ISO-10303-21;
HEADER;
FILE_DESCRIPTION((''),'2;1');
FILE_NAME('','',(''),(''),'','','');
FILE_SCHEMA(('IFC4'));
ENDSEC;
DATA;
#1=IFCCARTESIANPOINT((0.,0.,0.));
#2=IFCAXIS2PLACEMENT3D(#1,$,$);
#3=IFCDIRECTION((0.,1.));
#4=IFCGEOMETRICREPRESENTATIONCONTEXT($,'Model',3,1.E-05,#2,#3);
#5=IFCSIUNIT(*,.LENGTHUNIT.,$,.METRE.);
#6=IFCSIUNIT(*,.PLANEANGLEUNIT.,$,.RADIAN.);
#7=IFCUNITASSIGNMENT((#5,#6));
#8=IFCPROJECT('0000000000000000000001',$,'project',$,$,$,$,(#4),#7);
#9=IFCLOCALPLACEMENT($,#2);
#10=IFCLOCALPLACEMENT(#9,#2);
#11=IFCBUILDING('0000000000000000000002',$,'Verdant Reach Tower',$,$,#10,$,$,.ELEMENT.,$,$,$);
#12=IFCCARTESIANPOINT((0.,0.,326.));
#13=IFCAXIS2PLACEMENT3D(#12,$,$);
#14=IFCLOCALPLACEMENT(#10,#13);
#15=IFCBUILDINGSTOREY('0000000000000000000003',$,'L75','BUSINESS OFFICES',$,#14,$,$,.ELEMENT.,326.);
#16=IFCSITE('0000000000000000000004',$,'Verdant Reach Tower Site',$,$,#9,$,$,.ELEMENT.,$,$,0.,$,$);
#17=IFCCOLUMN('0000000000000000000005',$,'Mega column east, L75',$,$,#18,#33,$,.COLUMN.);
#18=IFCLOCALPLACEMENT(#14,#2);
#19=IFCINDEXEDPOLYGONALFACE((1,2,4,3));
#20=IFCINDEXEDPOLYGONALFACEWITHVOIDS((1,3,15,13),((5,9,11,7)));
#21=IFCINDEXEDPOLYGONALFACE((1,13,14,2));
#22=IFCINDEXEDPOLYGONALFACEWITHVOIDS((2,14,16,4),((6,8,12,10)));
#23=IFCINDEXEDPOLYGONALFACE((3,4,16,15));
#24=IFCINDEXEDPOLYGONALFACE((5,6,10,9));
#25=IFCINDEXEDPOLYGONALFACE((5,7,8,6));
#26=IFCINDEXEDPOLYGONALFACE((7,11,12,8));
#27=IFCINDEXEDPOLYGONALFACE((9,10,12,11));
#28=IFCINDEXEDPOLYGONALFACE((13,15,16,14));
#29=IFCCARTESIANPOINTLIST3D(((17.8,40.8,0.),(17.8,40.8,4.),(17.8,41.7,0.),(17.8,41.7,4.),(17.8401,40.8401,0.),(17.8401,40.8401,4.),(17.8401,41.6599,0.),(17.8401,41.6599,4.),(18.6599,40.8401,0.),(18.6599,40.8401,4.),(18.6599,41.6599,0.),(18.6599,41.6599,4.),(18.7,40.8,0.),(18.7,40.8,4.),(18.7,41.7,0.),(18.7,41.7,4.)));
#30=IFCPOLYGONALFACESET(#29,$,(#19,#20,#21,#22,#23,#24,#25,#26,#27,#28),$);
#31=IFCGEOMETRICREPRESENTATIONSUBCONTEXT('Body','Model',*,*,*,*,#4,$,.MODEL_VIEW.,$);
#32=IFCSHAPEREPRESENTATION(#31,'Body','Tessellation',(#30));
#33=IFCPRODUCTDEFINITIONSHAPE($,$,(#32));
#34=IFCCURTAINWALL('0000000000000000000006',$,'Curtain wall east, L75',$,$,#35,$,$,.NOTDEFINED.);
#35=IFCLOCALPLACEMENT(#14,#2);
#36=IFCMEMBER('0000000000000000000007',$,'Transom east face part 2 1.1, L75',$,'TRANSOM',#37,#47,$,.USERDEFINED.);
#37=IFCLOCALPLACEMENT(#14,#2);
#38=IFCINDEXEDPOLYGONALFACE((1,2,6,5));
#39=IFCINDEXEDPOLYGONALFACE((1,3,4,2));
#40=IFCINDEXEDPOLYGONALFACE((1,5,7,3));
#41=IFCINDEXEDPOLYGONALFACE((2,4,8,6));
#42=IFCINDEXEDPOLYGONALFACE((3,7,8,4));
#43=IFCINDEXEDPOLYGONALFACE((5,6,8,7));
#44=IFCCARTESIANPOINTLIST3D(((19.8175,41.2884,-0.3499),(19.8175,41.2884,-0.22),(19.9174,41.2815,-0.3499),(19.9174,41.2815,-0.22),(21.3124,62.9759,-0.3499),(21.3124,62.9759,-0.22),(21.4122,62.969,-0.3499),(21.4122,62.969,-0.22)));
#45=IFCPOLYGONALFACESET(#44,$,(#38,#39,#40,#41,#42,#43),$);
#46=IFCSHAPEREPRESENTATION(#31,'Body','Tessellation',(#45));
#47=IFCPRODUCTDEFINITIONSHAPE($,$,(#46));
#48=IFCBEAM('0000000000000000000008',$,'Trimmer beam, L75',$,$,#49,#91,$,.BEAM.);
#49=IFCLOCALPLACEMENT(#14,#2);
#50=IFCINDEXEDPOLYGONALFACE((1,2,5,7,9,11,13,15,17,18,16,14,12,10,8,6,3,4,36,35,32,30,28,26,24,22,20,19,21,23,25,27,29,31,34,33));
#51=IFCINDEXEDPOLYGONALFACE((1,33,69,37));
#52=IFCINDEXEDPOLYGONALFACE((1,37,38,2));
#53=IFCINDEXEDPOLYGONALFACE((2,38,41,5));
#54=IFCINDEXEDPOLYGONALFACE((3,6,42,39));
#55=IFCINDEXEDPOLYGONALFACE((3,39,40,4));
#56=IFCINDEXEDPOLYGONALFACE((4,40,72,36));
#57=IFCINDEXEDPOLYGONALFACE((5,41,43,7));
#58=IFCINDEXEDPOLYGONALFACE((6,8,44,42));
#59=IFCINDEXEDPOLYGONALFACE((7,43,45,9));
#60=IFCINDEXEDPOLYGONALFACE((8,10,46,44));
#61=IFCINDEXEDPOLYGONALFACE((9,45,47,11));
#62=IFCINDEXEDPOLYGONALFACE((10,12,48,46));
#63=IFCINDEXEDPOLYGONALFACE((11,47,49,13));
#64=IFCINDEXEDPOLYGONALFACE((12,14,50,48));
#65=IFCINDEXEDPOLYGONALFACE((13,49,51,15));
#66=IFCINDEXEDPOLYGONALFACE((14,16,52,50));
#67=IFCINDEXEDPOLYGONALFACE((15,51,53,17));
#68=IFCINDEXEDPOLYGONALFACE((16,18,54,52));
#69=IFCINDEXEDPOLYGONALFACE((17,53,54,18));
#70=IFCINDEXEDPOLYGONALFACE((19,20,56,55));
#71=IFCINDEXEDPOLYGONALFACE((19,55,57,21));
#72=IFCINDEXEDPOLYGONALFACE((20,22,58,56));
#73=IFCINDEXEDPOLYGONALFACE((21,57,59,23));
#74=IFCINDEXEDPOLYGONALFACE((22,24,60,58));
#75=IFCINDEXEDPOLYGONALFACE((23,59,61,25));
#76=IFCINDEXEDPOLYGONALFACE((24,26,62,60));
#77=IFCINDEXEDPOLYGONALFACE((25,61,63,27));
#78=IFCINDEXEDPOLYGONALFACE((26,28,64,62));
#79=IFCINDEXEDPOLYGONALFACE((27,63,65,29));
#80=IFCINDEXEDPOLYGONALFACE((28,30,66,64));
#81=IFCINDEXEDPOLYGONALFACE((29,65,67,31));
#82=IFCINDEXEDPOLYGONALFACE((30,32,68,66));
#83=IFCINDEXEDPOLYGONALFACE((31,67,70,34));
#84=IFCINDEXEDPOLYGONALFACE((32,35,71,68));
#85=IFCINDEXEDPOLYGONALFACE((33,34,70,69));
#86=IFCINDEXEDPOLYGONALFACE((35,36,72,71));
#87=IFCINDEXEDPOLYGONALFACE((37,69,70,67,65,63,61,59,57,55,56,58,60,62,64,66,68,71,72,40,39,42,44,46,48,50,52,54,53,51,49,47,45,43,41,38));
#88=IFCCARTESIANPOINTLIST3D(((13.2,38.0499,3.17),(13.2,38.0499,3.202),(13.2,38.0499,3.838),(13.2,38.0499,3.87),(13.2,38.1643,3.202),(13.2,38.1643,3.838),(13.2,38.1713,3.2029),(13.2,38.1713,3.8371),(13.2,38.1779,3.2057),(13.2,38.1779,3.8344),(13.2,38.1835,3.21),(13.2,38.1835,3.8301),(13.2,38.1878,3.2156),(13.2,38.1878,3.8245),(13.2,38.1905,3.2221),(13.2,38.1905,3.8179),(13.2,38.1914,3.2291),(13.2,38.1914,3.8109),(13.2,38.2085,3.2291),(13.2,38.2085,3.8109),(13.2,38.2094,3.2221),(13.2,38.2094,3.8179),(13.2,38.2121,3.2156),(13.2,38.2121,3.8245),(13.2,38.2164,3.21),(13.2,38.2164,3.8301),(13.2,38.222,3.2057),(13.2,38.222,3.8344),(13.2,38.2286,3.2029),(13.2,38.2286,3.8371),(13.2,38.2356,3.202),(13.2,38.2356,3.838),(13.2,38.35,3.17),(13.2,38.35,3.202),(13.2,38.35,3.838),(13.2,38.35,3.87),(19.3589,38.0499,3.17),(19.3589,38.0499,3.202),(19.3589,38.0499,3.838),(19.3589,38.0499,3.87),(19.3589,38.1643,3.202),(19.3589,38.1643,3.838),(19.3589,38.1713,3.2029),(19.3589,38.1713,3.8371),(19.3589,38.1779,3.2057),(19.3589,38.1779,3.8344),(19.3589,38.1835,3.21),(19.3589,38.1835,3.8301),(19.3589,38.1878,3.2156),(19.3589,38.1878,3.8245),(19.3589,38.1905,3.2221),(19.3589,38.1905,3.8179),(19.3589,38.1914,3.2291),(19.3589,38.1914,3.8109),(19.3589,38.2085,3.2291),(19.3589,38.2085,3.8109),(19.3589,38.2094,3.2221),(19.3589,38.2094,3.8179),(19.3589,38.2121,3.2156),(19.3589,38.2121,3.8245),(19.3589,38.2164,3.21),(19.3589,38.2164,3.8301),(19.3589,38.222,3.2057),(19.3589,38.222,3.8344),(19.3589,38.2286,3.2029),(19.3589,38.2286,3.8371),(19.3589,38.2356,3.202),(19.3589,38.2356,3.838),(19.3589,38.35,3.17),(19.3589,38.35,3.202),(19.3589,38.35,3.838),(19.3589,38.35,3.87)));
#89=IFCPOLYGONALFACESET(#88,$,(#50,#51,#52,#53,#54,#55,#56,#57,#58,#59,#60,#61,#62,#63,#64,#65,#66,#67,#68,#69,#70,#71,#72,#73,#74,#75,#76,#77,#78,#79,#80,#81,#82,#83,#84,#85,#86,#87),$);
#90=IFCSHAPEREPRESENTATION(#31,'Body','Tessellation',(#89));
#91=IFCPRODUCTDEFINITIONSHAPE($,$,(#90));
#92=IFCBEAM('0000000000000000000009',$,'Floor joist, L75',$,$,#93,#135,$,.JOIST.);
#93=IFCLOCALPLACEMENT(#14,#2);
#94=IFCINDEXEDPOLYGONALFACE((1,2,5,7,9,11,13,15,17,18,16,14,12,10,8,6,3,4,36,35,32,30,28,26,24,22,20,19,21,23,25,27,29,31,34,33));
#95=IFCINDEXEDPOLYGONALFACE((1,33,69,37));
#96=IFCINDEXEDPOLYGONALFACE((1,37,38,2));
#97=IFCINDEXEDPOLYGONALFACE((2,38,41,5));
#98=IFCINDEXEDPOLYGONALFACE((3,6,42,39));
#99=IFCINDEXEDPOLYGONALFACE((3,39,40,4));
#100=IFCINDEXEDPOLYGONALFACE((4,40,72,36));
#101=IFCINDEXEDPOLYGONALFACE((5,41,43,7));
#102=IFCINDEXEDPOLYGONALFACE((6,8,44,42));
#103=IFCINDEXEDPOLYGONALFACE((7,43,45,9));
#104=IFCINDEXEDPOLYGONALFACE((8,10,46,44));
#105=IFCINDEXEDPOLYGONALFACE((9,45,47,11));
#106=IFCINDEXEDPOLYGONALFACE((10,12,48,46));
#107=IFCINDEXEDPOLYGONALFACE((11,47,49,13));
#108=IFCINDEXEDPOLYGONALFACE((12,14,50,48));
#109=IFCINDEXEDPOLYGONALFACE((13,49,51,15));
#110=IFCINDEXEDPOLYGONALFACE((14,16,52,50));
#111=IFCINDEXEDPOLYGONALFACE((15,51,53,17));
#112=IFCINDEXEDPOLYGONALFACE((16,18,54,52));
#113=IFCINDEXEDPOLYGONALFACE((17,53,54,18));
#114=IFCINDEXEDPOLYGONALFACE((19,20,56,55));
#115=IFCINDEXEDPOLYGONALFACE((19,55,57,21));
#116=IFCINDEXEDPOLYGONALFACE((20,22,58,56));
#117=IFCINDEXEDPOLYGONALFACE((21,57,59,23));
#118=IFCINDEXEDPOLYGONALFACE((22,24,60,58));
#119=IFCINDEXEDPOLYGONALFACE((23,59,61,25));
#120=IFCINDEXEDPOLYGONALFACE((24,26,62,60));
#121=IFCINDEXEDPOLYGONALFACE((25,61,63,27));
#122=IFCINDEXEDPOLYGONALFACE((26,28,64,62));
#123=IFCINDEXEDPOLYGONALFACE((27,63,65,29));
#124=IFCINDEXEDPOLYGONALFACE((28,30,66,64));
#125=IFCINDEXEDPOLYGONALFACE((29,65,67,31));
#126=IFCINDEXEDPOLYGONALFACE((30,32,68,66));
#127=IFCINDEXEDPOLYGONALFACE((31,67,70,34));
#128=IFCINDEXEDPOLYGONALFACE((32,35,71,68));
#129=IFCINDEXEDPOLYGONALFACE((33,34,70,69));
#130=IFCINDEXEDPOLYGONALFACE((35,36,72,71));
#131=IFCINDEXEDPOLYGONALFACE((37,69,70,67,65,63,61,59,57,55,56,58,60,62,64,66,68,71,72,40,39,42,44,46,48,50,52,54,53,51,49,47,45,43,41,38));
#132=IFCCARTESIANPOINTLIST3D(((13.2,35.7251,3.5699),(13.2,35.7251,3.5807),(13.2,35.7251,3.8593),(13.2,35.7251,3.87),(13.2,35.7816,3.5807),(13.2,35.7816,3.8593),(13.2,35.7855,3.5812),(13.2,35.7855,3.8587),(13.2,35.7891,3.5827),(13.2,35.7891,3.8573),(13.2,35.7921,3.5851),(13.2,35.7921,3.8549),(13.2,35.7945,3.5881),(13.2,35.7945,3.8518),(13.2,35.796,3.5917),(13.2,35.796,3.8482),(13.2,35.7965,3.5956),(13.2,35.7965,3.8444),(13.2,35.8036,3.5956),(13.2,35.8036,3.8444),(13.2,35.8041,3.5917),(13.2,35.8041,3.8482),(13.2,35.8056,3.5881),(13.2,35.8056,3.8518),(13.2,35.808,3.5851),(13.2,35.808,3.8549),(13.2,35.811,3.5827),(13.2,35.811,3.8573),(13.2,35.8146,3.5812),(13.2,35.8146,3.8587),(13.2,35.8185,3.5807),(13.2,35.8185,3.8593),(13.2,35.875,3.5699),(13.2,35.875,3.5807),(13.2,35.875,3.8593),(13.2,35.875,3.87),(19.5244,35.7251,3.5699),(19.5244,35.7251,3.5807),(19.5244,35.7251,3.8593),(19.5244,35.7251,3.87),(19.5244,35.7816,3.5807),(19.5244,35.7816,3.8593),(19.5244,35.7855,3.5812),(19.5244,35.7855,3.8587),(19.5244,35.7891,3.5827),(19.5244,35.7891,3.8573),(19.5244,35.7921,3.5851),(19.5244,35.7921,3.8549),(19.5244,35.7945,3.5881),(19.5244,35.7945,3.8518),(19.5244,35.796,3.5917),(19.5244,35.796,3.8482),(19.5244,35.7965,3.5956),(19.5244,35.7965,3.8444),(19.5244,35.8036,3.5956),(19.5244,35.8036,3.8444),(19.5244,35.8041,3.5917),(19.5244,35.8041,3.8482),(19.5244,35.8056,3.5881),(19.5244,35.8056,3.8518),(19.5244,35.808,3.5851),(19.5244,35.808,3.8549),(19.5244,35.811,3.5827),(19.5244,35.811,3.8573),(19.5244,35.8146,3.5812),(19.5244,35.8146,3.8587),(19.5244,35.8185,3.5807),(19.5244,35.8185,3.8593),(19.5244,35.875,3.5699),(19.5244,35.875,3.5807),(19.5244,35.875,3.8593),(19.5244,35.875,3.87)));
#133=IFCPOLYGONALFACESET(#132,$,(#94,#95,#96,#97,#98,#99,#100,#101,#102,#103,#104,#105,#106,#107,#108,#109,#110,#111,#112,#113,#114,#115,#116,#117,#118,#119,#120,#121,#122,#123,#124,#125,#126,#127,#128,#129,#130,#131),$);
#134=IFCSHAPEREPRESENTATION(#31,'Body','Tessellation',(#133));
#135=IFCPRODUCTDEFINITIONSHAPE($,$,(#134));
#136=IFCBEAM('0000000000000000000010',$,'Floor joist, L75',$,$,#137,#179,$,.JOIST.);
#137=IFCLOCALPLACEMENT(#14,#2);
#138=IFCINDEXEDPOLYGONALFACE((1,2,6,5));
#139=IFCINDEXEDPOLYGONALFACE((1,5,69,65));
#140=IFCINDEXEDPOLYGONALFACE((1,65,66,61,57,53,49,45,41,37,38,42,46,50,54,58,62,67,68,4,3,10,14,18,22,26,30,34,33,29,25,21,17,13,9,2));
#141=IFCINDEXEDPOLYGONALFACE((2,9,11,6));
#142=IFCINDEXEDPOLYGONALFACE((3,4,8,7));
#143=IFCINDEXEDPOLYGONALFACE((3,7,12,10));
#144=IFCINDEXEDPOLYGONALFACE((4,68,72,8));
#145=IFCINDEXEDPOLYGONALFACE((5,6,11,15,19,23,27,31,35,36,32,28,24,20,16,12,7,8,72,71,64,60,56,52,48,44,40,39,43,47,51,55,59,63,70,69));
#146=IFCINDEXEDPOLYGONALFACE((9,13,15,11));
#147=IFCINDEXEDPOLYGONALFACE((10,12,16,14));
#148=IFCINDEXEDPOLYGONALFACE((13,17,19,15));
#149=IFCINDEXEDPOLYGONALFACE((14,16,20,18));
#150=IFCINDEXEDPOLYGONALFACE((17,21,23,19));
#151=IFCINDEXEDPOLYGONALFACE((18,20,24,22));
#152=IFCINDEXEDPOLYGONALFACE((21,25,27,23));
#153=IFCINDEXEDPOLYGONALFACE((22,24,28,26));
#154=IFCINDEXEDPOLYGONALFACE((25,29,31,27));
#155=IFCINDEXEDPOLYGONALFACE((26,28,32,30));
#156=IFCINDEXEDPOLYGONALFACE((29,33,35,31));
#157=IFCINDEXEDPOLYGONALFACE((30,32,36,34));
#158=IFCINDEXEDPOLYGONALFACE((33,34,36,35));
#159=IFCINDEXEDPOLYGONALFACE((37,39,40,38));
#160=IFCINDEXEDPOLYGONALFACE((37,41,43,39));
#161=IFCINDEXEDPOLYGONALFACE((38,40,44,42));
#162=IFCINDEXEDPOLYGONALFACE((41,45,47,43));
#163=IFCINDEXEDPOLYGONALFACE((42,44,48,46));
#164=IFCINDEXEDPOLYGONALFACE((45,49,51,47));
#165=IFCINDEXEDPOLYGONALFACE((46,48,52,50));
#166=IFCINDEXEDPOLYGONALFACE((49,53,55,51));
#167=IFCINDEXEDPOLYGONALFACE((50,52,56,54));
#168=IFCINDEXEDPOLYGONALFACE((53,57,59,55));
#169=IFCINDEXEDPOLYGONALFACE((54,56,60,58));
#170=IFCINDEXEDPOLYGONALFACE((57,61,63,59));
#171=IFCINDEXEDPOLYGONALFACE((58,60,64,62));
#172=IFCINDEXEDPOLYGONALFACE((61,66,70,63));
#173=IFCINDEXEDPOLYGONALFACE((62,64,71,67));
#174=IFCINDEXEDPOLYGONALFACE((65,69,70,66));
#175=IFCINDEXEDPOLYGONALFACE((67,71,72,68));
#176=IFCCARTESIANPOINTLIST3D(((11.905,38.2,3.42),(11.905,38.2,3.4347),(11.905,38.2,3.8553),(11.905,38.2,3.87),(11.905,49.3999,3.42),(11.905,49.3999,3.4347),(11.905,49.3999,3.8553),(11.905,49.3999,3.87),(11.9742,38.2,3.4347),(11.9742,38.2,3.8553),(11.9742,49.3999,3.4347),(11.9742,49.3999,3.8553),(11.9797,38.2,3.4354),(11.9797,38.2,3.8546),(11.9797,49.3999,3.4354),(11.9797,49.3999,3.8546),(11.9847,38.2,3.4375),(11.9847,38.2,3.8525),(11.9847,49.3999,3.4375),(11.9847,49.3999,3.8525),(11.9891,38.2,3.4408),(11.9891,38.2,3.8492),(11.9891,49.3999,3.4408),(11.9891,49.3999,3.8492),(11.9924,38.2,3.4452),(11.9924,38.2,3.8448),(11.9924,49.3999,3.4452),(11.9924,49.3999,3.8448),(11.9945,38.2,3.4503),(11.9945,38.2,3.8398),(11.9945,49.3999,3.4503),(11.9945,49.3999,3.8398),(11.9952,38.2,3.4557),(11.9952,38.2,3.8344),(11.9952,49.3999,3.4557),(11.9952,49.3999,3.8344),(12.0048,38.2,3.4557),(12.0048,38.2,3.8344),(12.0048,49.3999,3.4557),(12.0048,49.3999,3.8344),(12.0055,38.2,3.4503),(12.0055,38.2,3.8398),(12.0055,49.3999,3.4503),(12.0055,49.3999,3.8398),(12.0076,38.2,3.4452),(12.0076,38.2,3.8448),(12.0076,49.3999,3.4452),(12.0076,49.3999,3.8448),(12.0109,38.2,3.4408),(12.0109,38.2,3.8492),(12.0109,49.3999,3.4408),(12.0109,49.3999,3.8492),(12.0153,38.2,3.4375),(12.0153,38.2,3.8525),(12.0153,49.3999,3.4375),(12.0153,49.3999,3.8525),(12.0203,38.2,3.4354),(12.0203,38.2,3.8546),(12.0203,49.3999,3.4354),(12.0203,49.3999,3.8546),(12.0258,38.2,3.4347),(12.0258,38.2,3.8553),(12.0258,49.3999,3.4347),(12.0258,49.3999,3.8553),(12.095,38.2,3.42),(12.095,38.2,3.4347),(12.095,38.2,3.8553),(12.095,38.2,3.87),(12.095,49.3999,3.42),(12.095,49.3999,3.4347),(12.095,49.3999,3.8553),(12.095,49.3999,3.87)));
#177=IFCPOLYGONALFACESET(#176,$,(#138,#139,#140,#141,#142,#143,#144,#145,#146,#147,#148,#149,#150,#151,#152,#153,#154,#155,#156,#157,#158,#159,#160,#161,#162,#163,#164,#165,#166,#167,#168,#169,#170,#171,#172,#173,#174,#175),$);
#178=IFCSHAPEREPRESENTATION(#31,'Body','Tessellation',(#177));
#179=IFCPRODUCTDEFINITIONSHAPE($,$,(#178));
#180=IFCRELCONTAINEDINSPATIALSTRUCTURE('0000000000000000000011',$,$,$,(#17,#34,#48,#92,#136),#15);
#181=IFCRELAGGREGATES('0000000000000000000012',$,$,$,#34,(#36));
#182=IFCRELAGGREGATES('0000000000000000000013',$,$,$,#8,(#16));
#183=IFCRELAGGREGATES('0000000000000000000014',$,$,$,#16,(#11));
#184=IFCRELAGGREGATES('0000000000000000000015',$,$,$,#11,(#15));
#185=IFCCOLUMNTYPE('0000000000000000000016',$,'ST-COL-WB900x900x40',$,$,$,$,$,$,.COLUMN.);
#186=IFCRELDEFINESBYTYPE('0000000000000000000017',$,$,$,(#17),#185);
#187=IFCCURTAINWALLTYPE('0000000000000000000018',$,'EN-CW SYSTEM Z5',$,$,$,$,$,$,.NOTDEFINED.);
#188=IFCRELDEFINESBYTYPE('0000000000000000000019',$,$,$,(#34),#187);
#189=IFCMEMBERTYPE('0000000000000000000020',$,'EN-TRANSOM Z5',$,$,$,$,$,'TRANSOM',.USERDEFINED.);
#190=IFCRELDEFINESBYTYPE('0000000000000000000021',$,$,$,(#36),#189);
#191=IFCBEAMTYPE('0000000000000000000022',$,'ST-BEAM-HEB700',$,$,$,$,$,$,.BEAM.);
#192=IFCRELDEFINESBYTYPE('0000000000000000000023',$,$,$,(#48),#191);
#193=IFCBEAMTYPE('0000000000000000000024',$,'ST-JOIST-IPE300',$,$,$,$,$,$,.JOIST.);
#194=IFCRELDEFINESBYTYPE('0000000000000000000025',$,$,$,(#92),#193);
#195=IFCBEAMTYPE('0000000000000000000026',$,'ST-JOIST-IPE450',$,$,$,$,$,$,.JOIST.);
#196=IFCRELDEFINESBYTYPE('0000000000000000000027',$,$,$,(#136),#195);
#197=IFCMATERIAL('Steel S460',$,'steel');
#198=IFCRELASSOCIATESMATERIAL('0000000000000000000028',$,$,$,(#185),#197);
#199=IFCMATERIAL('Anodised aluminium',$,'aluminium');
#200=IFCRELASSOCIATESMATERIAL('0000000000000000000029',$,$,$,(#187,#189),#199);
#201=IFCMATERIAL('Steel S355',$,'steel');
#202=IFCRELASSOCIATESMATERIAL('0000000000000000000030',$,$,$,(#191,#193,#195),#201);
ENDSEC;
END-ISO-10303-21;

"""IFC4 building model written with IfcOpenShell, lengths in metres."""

from ifc_helpers import new_model, si_unit, direction, frame, origin, origin_2d, place, context, subcontext, project, spatial, rectangle, hollow_rectangle, i_section, extrude, material, material_profile, profile_set, type_object, element, aggregate, save


model = new_model("IFC4")

# Units and contexts
model_context = context("Model", 3, precision=1e-05, world=origin(), true_north=direction((0.0, 1.0)))
body_context = subcontext(model_context, "Body", "Model", "MODEL_VIEW")
ifc_project = project(units=[si_unit("LENGTHUNIT", "METRE"), si_unit("PLANEANGLEUNIT", "RADIAN")], contexts=[model_context])

# Site, building, storey
site_placement = place(None, origin())
site = spatial("IfcSite", under=ifc_project, at=site_placement, Name="Verdant Reach Tower Site", CompositionType="ELEMENT", RefElevation=0.0)
building_placement = place(site_placement, origin())
building = spatial("IfcBuilding", under=site, at=building_placement, Name="Verdant Reach Tower", CompositionType="ELEMENT")
storey_placement = place(building_placement, frame((0.0, 0.0, 326.0)))
storey = spatial("IfcBuildingStorey", under=building, at=storey_placement, Name="L75", Description="BUSINESS OFFICES", CompositionType="ELEMENT", Elevation=326.0)

# Column
ifc_material_1 = material(Name="Steel S460", Category="steel")
ifc_material_profile_1 = material_profile(ifc_material_1, hollow_rectangle(XDim=0.8999, YDim=0.8999, WallThickness=0.04, at=origin_2d()), Name="WB 900x900x40")
ifc_profile_set_1 = profile_set([ifc_material_profile_1], Name="Steel S460")
column_type = type_object("IfcColumnType", Name="ST-COL-WB900x900x40", PredefinedType="COLUMN", material=ifc_profile_set_1)
column_placement = place(storey_placement, frame((18.25, 41.25, 0.0), z_axis=(0.0, 0.0, 1.0), x_axis=(1.0, 0.0, 0.0)))
element("IfcColumn", 1, at=column_placement, inside=storey, type_object=column_type, Name="Mega column east, L75", PredefinedType="COLUMN", context=body_context, shape_type="SweptSolid", body=[
    extrude(hollow_rectangle(XDim=0.8999, YDim=0.8999, WallThickness=0.04, at=origin_2d()), origin(), (0.0, 0.0, 1.0), 4.0),
])

# Curtain wall, member
ifc_material_2 = material(Name="Anodised aluminium", Category="aluminium")
curtain_wall_type = type_object("IfcCurtainWallType", Name="EN-CW SYSTEM Z5", PredefinedType="NOTDEFINED", material=ifc_material_2)
curtain_wall_placement = place(storey_placement, origin())
curtain_wall = element("IfcCurtainWall", 2, at=curtain_wall_placement, inside=storey, type_object=curtain_wall_type, Name="Curtain wall east, L75", PredefinedType="NOTDEFINED")
ifc_material_profile_2 = material_profile(ifc_material_2, rectangle(XDim=0.1001, YDim=0.1299, at=origin_2d()), Name="Transom 130x100")
ifc_profile_set_2 = profile_set([ifc_material_profile_2], Name="Anodised aluminium")
member_type = type_object("IfcMemberType", Name="EN-TRANSOM Z5", ElementType="TRANSOM", PredefinedType="USERDEFINED", material=ifc_profile_set_2)
member_placement = place(storey_placement, frame((19.8674, 41.2849, -0.2849), z_axis=(0.068765, 0.997633, 0.0), x_axis=(-0.997633, 0.068765, 0.0)))
member = element("IfcMember", 3, at=member_placement, type_object=member_type, Name="Transom east face part 2 1.1, L75", ObjectType="TRANSOM", PredefinedType="USERDEFINED", context=body_context, shape_type="SweptSolid", body=[
    extrude(rectangle(XDim=0.1001, YDim=0.1299, at=origin_2d()), origin(), (0.0, 0.0, 1.0), 21.739),
])

# Beams
ifc_material_3 = material(Name="Steel S355", Category="steel")
ifc_material_profile_3 = material_profile(ifc_material_3, i_section(OverallWidth=0.3, OverallDepth=0.7, WebThickness=0.0171, FlangeThickness=0.032, FilletRadius=0.0271, at=origin_2d()), Name="HEB 700")
ifc_profile_set_3 = profile_set([ifc_material_profile_3], Name="Steel S355")
beam_type_1 = type_object("IfcBeamType", Name="ST-BEAM-HEB700", PredefinedType="BEAM", material=ifc_profile_set_3)
beam_1_placement = place(storey_placement, frame((13.2, 38.2, 3.52), z_axis=(1.0, 0.0, 0.0), x_axis=(0.0, 1.0, 0.0)))
element("IfcBeam", 4, at=beam_1_placement, inside=storey, type_object=beam_type_1, Name="Trimmer beam, L75", PredefinedType="BEAM", context=body_context, shape_type="SweptSolid", body=[
    extrude(i_section(OverallWidth=0.3, OverallDepth=0.7, WebThickness=0.0171, FlangeThickness=0.032, FilletRadius=0.0271, at=origin_2d()), origin(), (0.0, 0.0, 1.0), 6.1589),
])
ifc_material_profile_4 = material_profile(ifc_material_3, i_section(OverallWidth=0.1499, OverallDepth=0.3, WebThickness=0.0071, FlangeThickness=0.0107, FilletRadius=0.0149, at=origin_2d()), Name="IPE 300")
ifc_profile_set_4 = profile_set([ifc_material_profile_4], Name="Steel S355")
beam_type_2 = type_object("IfcBeamType", Name="ST-JOIST-IPE300", PredefinedType="JOIST", material=ifc_profile_set_4)
beam_2_placement = place(storey_placement, frame((13.2, 35.8, 3.72), z_axis=(1.0, 0.0, 0.0), x_axis=(0.0, 1.0, 0.0)))
element("IfcBeam", 5, at=beam_2_placement, inside=storey, type_object=beam_type_2, Name="Floor joist, L75", PredefinedType="JOIST", context=body_context, shape_type="SweptSolid", body=[
    extrude(i_section(OverallWidth=0.1499, OverallDepth=0.3, WebThickness=0.0071, FlangeThickness=0.0107, FilletRadius=0.0149, at=origin_2d()), origin(), (0.0, 0.0, 1.0), 6.3245),
])
ifc_material_profile_5 = material_profile(ifc_material_3, i_section(OverallWidth=0.1899, OverallDepth=0.45, WebThickness=0.0095, FlangeThickness=0.0146, FilletRadius=0.021, at=origin_2d()), Name="IPE 450")
ifc_profile_set_5 = profile_set([ifc_material_profile_5], Name="Steel S355")
beam_type_3 = type_object("IfcBeamType", Name="ST-JOIST-IPE450", PredefinedType="JOIST", material=ifc_profile_set_5)
beam_3_placement = place(storey_placement, frame((12.0, 38.2, 3.645), z_axis=(0.0, 1.0, 0.0), x_axis=(-1.0, 0.0, 0.0)))
element("IfcBeam", 6, at=beam_3_placement, inside=storey, type_object=beam_type_3, Name="Floor joist, L75", PredefinedType="JOIST", context=body_context, shape_type="SweptSolid", body=[
    extrude(i_section(OverallWidth=0.1899, OverallDepth=0.45, WebThickness=0.0095, FlangeThickness=0.0146, FilletRadius=0.021, at=origin_2d()), origin(), (0.0, 0.0, 1.0), 11.2),
])

aggregate(curtain_wall, [member])

save(model, "model.ifc")
